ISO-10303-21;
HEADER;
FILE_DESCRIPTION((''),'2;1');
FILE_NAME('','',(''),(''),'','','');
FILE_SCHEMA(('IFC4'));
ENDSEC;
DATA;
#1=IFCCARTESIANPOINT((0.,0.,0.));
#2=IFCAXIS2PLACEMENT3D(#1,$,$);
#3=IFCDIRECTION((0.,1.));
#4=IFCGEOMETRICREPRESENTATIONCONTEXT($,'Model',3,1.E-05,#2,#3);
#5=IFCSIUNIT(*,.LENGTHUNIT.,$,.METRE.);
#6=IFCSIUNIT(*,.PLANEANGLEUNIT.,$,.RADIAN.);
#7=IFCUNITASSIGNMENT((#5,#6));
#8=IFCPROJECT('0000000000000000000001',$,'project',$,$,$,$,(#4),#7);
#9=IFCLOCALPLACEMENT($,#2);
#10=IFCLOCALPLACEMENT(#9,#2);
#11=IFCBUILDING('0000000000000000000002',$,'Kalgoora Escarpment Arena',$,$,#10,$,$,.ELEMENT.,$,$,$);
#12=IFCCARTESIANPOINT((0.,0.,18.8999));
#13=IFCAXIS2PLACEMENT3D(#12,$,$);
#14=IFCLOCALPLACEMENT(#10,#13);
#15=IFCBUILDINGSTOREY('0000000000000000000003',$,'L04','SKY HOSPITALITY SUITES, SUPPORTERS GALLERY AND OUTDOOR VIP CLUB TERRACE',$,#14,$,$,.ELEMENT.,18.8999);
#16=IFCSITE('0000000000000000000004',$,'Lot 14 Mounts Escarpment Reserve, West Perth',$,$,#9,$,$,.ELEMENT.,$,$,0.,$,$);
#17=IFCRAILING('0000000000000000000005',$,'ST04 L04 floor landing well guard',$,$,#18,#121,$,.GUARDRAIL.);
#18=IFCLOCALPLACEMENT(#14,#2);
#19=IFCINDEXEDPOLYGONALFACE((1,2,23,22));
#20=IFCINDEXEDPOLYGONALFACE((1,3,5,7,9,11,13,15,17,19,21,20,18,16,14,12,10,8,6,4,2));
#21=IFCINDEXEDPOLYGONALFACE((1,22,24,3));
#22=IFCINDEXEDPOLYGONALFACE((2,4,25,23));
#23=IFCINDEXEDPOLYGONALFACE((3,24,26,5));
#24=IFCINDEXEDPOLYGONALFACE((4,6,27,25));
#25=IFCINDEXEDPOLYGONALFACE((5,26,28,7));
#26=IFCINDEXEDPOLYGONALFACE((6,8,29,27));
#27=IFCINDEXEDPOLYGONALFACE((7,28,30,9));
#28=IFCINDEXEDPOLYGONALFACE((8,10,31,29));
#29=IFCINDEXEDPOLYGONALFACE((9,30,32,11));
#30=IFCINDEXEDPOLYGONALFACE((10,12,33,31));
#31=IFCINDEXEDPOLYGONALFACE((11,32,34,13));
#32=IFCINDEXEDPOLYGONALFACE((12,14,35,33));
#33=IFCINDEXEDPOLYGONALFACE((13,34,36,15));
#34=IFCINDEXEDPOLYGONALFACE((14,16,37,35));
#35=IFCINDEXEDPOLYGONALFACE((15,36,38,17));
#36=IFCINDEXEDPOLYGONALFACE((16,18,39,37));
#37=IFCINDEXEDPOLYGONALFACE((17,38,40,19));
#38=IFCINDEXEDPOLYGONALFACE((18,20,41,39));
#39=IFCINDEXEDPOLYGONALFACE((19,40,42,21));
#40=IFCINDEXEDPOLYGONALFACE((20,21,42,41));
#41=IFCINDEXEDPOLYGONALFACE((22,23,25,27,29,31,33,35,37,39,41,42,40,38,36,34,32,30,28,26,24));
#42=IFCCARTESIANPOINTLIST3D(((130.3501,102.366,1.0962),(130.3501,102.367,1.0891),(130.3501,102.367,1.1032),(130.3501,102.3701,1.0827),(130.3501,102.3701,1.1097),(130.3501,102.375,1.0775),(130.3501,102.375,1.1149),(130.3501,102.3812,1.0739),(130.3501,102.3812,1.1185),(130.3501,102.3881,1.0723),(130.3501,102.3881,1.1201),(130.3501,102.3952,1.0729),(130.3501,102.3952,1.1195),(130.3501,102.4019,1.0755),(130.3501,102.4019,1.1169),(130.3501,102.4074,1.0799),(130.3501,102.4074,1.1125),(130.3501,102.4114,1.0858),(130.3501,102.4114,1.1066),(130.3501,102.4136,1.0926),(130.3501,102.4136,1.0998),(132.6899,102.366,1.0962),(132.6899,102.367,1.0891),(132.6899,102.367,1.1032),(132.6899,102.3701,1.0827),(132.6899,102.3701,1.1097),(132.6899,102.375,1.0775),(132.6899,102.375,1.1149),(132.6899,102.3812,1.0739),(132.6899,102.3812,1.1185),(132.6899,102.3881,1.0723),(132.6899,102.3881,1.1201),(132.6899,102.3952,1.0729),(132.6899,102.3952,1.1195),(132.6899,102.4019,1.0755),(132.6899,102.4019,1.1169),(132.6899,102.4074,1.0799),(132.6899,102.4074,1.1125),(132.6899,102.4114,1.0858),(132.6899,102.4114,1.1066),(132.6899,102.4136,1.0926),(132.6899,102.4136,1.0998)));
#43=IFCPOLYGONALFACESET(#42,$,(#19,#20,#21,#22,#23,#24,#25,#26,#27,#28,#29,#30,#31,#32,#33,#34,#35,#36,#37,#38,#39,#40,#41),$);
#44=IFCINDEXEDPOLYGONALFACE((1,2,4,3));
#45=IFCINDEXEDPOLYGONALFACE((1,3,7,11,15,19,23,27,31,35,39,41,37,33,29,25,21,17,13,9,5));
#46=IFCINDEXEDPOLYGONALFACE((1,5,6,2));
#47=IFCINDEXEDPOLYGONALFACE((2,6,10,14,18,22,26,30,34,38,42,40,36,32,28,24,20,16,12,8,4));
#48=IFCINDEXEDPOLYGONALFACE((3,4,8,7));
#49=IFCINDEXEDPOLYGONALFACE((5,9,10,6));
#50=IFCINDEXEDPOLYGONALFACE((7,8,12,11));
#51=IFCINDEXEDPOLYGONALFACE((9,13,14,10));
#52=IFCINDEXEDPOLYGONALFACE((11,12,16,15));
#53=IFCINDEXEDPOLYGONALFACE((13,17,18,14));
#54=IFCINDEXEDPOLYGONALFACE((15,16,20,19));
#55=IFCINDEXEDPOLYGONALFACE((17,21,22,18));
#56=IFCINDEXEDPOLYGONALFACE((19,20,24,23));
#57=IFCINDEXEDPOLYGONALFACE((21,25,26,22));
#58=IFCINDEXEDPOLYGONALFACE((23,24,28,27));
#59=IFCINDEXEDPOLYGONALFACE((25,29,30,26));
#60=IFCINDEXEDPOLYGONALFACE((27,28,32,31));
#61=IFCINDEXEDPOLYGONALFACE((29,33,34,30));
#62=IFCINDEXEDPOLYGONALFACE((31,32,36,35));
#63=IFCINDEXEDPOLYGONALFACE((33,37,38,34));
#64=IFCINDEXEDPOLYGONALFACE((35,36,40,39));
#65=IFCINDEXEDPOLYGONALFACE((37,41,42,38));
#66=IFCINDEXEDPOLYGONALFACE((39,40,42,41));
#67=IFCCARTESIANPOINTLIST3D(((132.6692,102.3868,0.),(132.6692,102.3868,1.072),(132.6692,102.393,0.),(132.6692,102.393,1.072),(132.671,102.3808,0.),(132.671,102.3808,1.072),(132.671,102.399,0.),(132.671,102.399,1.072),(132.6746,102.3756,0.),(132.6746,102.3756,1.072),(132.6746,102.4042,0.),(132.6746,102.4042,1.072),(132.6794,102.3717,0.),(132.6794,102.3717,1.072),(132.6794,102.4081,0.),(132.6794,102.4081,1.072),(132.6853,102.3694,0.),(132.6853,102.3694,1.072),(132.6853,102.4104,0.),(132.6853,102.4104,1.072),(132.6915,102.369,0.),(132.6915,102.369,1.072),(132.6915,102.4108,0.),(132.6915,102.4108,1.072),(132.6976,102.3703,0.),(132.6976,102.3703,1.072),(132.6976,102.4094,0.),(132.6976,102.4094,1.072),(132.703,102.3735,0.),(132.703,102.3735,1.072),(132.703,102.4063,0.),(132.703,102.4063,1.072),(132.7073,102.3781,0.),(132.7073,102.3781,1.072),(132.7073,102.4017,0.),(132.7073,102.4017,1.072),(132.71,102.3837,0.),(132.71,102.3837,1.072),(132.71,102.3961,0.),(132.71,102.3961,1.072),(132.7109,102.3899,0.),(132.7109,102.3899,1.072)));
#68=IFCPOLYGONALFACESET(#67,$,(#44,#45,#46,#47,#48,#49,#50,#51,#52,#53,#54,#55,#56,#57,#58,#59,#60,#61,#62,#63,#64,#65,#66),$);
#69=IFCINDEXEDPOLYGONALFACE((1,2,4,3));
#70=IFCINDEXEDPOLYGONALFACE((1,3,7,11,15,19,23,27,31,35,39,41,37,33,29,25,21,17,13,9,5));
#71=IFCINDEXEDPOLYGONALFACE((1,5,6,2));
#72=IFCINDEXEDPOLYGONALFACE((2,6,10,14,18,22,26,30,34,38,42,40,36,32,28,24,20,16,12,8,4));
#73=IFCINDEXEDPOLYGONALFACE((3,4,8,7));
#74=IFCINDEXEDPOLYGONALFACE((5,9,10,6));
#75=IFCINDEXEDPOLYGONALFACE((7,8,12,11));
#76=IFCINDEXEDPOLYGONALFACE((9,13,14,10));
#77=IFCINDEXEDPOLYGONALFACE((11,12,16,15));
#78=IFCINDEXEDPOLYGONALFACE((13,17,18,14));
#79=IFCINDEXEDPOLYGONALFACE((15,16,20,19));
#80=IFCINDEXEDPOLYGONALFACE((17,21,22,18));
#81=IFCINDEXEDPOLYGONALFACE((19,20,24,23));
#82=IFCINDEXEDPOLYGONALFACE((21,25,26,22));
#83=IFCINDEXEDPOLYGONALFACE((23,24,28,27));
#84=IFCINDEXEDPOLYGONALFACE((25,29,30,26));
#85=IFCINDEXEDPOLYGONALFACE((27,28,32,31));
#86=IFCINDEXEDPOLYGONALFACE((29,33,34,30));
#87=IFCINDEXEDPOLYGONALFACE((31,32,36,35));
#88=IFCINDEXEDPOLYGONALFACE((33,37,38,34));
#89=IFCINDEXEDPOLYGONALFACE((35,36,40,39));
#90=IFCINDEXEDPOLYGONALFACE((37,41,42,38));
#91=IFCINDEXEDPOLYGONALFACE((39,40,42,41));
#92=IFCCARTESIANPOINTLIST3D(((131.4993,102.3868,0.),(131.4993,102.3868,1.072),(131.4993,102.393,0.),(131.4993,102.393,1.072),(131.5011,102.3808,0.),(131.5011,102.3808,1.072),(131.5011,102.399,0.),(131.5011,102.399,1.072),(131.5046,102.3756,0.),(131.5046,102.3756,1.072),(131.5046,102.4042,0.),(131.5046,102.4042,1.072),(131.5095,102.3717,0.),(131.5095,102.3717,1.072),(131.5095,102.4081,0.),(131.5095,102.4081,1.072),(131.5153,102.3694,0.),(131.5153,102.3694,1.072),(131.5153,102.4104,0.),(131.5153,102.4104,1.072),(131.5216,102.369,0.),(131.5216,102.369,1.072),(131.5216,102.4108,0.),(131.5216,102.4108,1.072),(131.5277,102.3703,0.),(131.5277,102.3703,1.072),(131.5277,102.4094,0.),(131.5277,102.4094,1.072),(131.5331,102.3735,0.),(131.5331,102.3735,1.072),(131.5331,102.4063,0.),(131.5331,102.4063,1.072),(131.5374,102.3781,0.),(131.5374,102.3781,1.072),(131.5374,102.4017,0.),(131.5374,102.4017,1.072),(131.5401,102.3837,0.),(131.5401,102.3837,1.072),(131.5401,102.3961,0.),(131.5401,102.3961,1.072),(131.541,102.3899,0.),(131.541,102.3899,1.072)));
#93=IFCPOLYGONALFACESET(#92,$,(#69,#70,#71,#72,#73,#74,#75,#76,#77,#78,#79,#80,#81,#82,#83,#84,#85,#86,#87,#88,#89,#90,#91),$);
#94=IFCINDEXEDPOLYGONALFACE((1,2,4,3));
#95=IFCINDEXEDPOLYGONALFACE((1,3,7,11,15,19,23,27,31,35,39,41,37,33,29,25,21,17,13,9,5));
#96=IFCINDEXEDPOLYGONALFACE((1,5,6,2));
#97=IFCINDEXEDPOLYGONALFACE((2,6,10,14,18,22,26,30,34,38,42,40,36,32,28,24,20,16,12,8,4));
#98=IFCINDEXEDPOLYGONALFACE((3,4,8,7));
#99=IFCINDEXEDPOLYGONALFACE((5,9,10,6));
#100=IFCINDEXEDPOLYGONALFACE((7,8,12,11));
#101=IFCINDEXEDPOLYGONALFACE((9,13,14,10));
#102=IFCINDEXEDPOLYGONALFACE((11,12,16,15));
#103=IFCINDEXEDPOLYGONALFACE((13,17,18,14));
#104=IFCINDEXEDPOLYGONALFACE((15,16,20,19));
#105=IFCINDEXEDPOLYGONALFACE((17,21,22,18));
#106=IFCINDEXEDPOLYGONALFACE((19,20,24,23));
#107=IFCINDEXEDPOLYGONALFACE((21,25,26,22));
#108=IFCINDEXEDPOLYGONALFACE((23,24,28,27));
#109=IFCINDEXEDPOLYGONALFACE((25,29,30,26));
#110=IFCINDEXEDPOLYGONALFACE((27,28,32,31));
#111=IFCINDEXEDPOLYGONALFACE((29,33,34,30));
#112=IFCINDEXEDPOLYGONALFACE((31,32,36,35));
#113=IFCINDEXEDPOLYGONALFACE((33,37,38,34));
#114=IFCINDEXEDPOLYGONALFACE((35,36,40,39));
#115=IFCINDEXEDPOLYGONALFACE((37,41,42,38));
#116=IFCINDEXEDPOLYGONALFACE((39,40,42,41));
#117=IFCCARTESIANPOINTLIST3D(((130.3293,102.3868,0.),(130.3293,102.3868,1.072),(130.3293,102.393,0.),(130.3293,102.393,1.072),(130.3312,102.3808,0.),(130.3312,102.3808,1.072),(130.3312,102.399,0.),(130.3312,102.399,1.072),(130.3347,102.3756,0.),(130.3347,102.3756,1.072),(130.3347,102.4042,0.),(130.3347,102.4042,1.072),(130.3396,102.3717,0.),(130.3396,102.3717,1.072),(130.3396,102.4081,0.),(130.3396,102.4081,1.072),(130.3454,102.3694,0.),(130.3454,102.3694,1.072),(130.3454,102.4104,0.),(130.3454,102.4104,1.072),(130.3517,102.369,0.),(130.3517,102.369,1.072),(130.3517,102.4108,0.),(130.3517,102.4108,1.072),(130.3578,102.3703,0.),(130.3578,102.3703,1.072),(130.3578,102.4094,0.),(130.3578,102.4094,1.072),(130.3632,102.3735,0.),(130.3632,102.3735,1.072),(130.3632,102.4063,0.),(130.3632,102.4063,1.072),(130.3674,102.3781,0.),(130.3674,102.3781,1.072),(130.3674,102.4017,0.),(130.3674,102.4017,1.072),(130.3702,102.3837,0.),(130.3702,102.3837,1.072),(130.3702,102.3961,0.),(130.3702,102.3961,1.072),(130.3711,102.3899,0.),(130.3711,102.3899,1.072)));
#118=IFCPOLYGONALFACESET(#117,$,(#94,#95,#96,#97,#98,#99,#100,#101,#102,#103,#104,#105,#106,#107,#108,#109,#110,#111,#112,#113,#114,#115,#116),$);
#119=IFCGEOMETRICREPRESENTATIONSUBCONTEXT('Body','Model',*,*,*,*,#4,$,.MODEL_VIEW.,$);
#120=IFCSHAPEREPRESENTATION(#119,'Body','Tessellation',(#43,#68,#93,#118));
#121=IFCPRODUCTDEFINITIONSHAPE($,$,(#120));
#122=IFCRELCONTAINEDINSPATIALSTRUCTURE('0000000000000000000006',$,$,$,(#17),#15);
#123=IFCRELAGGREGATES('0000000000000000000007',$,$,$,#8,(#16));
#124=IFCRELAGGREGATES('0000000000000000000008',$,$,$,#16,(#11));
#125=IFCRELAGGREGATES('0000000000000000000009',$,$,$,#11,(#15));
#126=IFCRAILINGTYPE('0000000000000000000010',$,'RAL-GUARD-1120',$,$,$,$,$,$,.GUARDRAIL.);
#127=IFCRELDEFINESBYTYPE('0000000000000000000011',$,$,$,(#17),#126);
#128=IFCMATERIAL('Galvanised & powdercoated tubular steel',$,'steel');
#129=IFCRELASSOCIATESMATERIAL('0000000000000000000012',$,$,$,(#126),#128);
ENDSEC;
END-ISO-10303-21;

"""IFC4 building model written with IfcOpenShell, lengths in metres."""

from ifc_helpers import new_model, si_unit, direction, frame, origin, origin_2d, place, context, subcontext, project, spatial, circle, extrude, material, type_object, element, save


model = new_model("IFC4")

# Units and contexts
model_context = context("Model", 3, precision=1e-05, world=origin(), true_north=direction((0.0, 1.0)))
body_context = subcontext(model_context, "Body", "Model", "MODEL_VIEW")
ifc_project = project(units=[si_unit("LENGTHUNIT", "METRE"), si_unit("PLANEANGLEUNIT", "RADIAN")], contexts=[model_context])

# Site, building, storey
site_placement = place(None, origin())
site = spatial("IfcSite", under=ifc_project, at=site_placement, Name="Lot 14 Mounts Escarpment Reserve, West Perth", CompositionType="ELEMENT", RefElevation=0.0)
building_placement = place(site_placement, origin())
building = spatial("IfcBuilding", under=site, at=building_placement, Name="Kalgoora Escarpment Arena", CompositionType="ELEMENT")
storey_placement = place(building_placement, frame((0.0, 0.0, 18.8999)))
storey = spatial("IfcBuildingStorey", under=building, at=storey_placement, Name="L04", Description="SKY HOSPITALITY SUITES, SUPPORTERS GALLERY AND OUTDOOR VIP CLUB TERRACE", CompositionType="ELEMENT", Elevation=18.8999)

# Railing
ifc_material_1 = material(Name="Galvanised & powdercoated tubular steel", Category="steel")
railing_type_1 = type_object("IfcRailingType", Name="RAL-GUARD-1120", PredefinedType="GUARDRAIL", material=ifc_material_1)
railing_placement = place(storey_placement, frame((132.6899, 102.3899, 0.0)))
element("IfcRailing", 1, at=railing_placement, inside=storey, type_object=railing_type_1, Name="ST04 L04 floor landing well guard", PredefinedType="GUARDRAIL", context=body_context, shape_type="SweptSolid", body=[
    extrude(circle(Radius=0.0239, at=origin_2d()), frame((0.0, 0.0, 1.0962), z_axis=(-1.0, 0.0, 0.0), x_axis=(0.0, -1.0, 0.0)), (0.0, 0.0, 1.0), 2.3398),
    extrude(circle(Radius=0.021, at=origin_2d()), origin(), (0.0, 0.0, 1.0), 1.072),
    extrude(circle(Radius=0.021, at=origin_2d()), frame((-1.1699, 0.0, 0.0)), (0.0, 0.0, 1.0), 1.072),
    extrude(circle(Radius=0.021, at=origin_2d()), frame((-2.3398, 0.0, 0.0)), (0.0, 0.0, 1.0), 1.072),
])

save(model, "model.ifc")
